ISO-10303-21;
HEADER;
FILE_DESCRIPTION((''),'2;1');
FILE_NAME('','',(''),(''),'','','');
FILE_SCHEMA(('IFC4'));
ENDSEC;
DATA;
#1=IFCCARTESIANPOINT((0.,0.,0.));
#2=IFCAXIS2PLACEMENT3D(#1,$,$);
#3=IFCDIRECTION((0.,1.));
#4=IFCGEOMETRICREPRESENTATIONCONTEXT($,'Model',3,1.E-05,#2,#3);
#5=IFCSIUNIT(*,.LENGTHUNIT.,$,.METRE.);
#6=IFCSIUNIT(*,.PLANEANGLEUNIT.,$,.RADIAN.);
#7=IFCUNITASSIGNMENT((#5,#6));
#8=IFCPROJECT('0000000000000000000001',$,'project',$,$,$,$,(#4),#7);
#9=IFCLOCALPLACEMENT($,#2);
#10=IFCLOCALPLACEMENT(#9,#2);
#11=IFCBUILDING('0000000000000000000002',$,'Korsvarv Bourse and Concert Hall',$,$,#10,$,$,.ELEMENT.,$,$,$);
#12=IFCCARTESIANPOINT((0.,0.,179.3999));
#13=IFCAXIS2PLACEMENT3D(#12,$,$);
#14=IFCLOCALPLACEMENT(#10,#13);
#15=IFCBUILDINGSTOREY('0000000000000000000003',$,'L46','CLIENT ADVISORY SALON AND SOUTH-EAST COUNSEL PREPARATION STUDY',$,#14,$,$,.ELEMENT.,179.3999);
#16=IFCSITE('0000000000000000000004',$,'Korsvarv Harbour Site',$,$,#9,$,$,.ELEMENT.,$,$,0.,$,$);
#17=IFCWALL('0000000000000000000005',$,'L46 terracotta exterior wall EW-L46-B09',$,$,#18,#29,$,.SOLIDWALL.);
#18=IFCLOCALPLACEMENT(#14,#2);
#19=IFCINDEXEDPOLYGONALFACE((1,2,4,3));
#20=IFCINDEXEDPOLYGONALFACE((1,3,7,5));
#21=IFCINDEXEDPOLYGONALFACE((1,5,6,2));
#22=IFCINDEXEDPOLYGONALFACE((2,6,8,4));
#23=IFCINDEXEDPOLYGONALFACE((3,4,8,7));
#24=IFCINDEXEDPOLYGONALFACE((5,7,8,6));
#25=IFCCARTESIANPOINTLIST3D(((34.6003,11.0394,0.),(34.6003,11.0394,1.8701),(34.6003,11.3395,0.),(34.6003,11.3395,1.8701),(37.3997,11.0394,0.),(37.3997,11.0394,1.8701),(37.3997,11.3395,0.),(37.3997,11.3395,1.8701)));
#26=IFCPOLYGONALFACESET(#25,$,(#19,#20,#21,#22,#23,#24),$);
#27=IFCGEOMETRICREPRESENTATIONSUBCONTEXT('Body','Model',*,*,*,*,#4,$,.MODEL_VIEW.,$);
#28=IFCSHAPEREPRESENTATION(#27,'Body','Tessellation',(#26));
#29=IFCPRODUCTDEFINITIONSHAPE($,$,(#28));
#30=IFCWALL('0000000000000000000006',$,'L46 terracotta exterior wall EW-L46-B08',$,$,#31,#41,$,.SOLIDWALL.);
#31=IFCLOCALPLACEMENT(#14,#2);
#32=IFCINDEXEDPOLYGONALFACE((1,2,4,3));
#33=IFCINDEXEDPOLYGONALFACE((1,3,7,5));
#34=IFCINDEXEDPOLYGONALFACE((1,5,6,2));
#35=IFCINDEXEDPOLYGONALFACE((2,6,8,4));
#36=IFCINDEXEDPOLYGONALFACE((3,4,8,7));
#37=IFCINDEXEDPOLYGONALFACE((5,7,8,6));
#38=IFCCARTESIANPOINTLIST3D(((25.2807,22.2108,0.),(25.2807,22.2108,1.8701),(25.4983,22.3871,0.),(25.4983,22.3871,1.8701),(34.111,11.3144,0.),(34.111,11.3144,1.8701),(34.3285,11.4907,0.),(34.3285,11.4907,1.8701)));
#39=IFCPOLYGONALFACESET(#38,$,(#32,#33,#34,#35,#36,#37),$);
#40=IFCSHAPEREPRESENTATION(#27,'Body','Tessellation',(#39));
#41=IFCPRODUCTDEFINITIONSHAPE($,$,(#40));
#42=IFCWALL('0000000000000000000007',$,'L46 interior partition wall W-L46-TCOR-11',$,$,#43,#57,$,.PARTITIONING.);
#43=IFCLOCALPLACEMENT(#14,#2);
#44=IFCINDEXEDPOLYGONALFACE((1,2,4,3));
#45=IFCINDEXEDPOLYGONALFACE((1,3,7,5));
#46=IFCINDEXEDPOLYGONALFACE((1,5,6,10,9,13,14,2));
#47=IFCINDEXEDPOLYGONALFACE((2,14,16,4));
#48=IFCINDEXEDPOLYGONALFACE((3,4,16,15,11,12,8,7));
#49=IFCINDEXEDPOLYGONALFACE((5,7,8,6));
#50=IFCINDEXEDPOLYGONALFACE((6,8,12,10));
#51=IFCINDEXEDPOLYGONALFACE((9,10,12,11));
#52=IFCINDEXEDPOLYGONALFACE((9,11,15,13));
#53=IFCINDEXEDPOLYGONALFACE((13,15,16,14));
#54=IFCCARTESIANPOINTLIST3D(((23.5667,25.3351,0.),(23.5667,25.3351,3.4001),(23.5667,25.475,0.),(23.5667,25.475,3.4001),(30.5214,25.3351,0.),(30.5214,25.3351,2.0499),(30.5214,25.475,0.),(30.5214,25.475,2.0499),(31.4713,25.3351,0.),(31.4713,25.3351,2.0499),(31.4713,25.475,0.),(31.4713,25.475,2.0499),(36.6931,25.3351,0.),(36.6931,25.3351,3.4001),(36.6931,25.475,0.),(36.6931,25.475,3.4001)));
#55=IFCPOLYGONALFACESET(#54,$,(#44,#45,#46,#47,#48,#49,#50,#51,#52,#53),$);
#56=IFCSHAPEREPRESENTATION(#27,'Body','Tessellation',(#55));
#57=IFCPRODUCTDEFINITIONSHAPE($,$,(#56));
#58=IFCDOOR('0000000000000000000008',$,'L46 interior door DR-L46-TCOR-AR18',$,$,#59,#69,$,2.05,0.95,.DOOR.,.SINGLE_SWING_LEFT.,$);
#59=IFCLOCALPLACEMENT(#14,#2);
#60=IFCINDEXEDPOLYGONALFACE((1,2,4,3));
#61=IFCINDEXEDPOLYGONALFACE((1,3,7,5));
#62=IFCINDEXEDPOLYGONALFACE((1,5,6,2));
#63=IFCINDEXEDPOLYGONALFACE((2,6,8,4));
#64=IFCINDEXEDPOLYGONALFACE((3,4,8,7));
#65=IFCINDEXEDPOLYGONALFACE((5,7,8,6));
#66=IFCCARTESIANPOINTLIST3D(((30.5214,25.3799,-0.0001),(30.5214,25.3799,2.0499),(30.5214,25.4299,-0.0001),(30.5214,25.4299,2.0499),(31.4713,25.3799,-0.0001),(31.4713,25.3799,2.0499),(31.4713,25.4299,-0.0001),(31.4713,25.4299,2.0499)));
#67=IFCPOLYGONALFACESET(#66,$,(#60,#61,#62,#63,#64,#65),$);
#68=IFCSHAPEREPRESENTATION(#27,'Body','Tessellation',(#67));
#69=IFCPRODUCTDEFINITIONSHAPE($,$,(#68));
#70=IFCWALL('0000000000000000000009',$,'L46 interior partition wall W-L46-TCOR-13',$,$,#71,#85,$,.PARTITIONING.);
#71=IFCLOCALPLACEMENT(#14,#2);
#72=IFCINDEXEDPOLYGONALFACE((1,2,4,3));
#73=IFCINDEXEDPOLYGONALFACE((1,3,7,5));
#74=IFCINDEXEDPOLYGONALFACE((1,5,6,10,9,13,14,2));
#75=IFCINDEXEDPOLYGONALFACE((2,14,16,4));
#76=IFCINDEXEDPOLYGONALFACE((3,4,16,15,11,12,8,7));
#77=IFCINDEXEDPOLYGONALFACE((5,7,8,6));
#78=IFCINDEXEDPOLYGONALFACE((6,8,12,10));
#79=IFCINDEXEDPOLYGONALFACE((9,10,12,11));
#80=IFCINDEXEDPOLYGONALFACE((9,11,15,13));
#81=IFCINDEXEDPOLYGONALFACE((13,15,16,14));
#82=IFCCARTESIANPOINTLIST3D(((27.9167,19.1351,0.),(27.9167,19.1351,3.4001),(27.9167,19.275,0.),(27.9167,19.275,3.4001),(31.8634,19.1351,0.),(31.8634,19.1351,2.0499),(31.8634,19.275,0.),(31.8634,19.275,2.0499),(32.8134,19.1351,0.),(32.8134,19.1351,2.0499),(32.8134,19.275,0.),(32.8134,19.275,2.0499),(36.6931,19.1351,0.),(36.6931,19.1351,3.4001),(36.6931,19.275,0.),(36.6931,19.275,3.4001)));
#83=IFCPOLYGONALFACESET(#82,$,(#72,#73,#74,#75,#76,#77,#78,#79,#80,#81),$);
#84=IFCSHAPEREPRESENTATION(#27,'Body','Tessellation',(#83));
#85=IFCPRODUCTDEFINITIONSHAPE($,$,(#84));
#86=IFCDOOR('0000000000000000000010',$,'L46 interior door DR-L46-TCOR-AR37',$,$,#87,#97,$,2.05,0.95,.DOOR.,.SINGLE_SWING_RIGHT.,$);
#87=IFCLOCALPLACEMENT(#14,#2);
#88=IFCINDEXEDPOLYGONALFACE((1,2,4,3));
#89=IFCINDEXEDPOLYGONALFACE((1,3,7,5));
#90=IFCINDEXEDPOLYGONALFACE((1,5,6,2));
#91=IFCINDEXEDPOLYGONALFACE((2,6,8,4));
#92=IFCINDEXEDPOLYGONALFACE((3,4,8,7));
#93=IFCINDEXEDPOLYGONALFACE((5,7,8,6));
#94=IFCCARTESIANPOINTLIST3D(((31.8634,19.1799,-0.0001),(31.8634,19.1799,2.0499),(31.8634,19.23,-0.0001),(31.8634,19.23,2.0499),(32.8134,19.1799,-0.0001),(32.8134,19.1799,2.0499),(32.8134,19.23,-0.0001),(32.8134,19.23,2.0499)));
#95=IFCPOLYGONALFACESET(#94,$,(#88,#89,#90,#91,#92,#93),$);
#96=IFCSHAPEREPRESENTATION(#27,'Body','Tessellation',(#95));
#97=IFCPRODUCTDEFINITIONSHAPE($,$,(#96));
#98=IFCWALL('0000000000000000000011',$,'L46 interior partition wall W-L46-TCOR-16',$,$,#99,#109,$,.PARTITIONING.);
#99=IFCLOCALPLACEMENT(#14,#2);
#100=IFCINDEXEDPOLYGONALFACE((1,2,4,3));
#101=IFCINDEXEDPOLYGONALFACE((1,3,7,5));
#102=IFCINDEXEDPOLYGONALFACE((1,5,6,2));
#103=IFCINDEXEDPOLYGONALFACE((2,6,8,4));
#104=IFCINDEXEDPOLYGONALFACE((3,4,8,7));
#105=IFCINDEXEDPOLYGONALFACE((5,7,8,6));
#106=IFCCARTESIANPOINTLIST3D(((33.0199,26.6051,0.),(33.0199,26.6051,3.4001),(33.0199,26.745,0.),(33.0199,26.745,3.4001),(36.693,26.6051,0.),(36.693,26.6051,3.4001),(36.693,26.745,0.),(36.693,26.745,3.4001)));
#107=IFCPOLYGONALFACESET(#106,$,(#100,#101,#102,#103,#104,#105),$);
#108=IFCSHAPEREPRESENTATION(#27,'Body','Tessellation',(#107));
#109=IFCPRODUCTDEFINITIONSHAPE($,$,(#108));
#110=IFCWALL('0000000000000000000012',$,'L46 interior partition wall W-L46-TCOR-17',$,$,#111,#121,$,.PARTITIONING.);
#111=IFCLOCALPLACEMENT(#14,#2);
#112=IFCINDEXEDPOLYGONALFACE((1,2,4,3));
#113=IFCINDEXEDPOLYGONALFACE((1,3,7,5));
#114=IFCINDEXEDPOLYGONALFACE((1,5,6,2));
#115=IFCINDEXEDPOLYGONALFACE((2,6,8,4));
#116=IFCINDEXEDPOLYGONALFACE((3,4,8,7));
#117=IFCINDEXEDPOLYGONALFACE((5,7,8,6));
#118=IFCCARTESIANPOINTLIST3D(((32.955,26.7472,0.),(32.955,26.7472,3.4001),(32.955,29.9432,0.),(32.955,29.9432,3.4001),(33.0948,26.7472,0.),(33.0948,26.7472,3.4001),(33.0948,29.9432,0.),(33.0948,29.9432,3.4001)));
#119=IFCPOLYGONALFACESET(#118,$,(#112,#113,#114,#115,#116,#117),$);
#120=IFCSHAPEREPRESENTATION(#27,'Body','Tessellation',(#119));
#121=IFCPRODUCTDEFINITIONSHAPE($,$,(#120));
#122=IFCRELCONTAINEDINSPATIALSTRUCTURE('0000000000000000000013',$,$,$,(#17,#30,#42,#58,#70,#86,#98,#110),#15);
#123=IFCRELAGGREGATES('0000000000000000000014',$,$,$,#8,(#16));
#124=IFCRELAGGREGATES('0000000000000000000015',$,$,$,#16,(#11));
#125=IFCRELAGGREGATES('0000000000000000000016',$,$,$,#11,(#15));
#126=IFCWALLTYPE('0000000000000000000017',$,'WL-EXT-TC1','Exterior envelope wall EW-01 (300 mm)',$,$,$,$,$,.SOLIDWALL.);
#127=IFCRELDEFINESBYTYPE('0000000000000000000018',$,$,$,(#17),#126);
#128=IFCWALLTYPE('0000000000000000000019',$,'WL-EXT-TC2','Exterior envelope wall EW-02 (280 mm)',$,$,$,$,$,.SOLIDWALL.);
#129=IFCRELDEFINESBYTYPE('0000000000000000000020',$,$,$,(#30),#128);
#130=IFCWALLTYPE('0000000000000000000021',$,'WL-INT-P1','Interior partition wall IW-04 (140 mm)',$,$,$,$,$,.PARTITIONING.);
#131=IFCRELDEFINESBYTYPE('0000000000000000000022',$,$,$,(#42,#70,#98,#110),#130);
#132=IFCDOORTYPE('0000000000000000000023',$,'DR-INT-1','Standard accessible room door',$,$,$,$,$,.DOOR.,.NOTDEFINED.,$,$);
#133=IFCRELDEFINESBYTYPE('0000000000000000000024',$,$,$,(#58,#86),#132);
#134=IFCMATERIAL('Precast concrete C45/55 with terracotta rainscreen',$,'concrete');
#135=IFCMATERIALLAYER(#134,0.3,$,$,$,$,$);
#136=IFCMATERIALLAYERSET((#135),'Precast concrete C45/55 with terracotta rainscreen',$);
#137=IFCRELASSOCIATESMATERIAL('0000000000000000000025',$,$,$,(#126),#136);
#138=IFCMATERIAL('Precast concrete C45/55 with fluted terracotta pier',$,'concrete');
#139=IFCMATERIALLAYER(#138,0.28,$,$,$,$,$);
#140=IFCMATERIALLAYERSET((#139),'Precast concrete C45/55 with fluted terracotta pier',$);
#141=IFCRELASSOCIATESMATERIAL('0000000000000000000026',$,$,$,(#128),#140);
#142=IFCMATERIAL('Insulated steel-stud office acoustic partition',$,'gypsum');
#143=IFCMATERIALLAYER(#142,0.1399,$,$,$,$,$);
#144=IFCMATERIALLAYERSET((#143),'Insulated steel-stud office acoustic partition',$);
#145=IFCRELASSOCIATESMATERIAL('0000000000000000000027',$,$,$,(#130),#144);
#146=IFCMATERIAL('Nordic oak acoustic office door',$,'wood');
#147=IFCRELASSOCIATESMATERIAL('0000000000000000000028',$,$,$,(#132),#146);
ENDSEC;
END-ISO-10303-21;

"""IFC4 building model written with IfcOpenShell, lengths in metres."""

from ifc_helpers import new_model, si_unit, direction, frame, frame_2d, origin, place, context, subcontext, project, spatial, rectangle, extrude, material, layer, layer_set, type_object, element, fill, save


model = new_model("IFC4")

# Units and contexts
model_context = context("Model", 3, precision=1e-05, world=origin(), true_north=direction((0.0, 1.0)))
body_context = subcontext(model_context, "Body", "Model", "MODEL_VIEW")
ifc_project = project(units=[si_unit("LENGTHUNIT", "METRE"), si_unit("PLANEANGLEUNIT", "RADIAN")], contexts=[model_context])

# Site, building, storey
site_placement = place(None, origin())
site = spatial("IfcSite", under=ifc_project, at=site_placement, Name="Korsvarv Harbour Site", CompositionType="ELEMENT", RefElevation=0.0)
building_placement = place(site_placement, origin())
building = spatial("IfcBuilding", under=site, at=building_placement, Name="Korsvarv Bourse and Concert Hall", CompositionType="ELEMENT")
storey_placement = place(building_placement, frame((0.0, 0.0, 179.3999)))
storey = spatial("IfcBuildingStorey", under=building, at=storey_placement, Name="L46", Description="CLIENT ADVISORY SALON AND SOUTH-EAST COUNSEL PREPARATION STUDY", CompositionType="ELEMENT", Elevation=179.3999)

# Walls
ifc_material_1 = material(Name="Precast concrete C45/55 with terracotta rainscreen", Category="concrete")
ifc_layer_1 = layer(ifc_material_1, 0.3)
ifc_layer_set_1 = layer_set([ifc_layer_1], Name="Precast concrete C45/55 with terracotta rainscreen")
wall_type_1 = type_object("IfcWallType", Name="WL-EXT-TC1", Description="Exterior envelope wall EW-01 (300 mm)", PredefinedType="SOLIDWALL", material=ifc_layer_set_1)
wall_1_placement = place(storey_placement, frame((34.6003, 11.1895, 0.0), z_axis=(0.0, 0.0, 1.0), x_axis=(1.0, 0.0, 0.0)))
element("IfcWall", 1, at=wall_1_placement, inside=storey, type_object=wall_type_1, Name="L46 terracotta exterior wall EW-L46-B09", PredefinedType="SOLIDWALL", context=body_context, shape_type="SweptSolid", body=[
    extrude(rectangle(XDim=2.7993, YDim=0.3, at=frame_2d((1.3997, 0.0))), origin(), (0.0, 0.0, 1.0), 1.8701),
])
ifc_material_2 = material(Name="Precast concrete C45/55 with fluted terracotta pier", Category="concrete")
ifc_layer_2 = layer(ifc_material_2, 0.28)
ifc_layer_set_2 = layer_set([ifc_layer_2], Name="Precast concrete C45/55 with fluted terracotta pier")
wall_type_2 = type_object("IfcWallType", Name="WL-EXT-TC2", Description="Exterior envelope wall EW-02 (280 mm)", PredefinedType="SOLIDWALL", material=ifc_layer_set_2)
wall_2_placement = place(storey_placement, frame((25.3894, 22.2991, 0.0), z_axis=(0.0, 0.0, 1.0), x_axis=(0.629601, -0.776918, 0.0)))
element("IfcWall", 2, at=wall_2_placement, inside=storey, type_object=wall_type_2, Name="L46 terracotta exterior wall EW-L46-B08", PredefinedType="SOLIDWALL", context=body_context, shape_type="SweptSolid", body=[
    extrude(rectangle(XDim=14.0251, YDim=0.28, at=frame_2d((7.0127, 0.0))), origin(), (0.0, 0.0, 1.0), 1.8701),
])

# Walls, openings, doors
ifc_material_3 = material(Name="Insulated steel-stud office acoustic partition", Category="gypsum")
ifc_layer_3 = layer(ifc_material_3, 0.1399)
ifc_layer_set_3 = layer_set([ifc_layer_3], Name="Insulated steel-stud office acoustic partition")
wall_type_3 = type_object("IfcWallType", Name="WL-INT-P1", Description="Interior partition wall IW-04 (140 mm)", PredefinedType="PARTITIONING", material=ifc_layer_set_3)
wall_3_placement = place(storey_placement, frame((23.5667, 25.405, 0.0), z_axis=(0.0, 0.0, 1.0), x_axis=(1.0, 0.0, 0.0)))
wall_3 = element("IfcWall", 3, at=wall_3_placement, inside=storey, type_object=wall_type_3, Name="L46 interior partition wall W-L46-TCOR-11", PredefinedType="PARTITIONING", context=body_context, shape_type="SweptSolid", body=[
    extrude(rectangle(XDim=13.1265, YDim=0.1399, at=frame_2d((6.5632, 0.0))), origin(), (0.0, 0.0, 1.0), 3.4001),
])
opening_1_placement = place(wall_3_placement, frame((6.9546, 0.0, 0.0)))
opening_1 = element("IfcOpeningElement", 4, at=opening_1_placement, cuts=wall_3, PredefinedType="OPENING", context=body_context, shape_type="SweptSolid", body=[
    extrude(rectangle(XDim=0.95, YDim=2.05, at=frame_2d((0.4751, 1.0249))), frame((0.0, 0.0801, 0.0), z_axis=(0.0, -1.0, 0.0), x_axis=(1.0, 0.0, 0.0)), (0.0, 0.0, 1.0), 0.1599),
])
ifc_material_4 = material(Name="Nordic oak acoustic office door", Category="wood")
door_type = type_object("IfcDoorType", Name="DR-INT-1", Description="Standard accessible room door", OperationType="NOTDEFINED", PredefinedType="DOOR", material=ifc_material_4)
door_1_placement = place(opening_1_placement, origin())
door_1 = element("IfcDoor", 5, at=door_1_placement, inside=storey, type_object=door_type, Name="L46 interior door DR-L46-TCOR-AR18", OperationType="SINGLE_SWING_LEFT", OverallHeight=2.05, OverallWidth=0.95, PredefinedType="DOOR", context=body_context, shape_type="SweptSolid", body=[
    extrude(rectangle(XDim=0.95, YDim=2.05, at=frame_2d((0.4751, 1.0249))), frame((0.0, 0.0249, 0.0), z_axis=(0.0, -1.0, 0.0), x_axis=(1.0, 0.0, 0.0)), (0.0, 0.0, 1.0), 0.05),
])
fill(opening_1, door_1)
wall_4_placement = place(storey_placement, frame((27.9167, 19.2051, 0.0), z_axis=(0.0, 0.0, 1.0), x_axis=(1.0, 0.0, 0.0)))
wall_4 = element("IfcWall", 6, at=wall_4_placement, inside=storey, type_object=wall_type_3, Name="L46 interior partition wall W-L46-TCOR-13", PredefinedType="PARTITIONING", context=body_context, shape_type="SweptSolid", body=[
    extrude(rectangle(XDim=8.7764, YDim=0.1399, at=frame_2d((4.3882, 0.0))), origin(), (0.0, 0.0, 1.0), 3.4001),
])
opening_2_placement = place(wall_4_placement, frame((3.9465, 0.0, 0.0)))
opening_2 = element("IfcOpeningElement", 7, at=opening_2_placement, cuts=wall_4, PredefinedType="OPENING", context=body_context, shape_type="SweptSolid", body=[
    extrude(rectangle(XDim=0.95, YDim=2.05, at=frame_2d((0.4751, 1.0249))), frame((0.0, 0.0801, 0.0), z_axis=(0.0, -1.0, 0.0), x_axis=(1.0, 0.0, 0.0)), (0.0, 0.0, 1.0), 0.1599),
])
door_2_placement = place(opening_2_placement, origin())
door_2 = element("IfcDoor", 8, at=door_2_placement, inside=storey, type_object=door_type, Name="L46 interior door DR-L46-TCOR-AR37", OperationType="SINGLE_SWING_RIGHT", OverallHeight=2.05, OverallWidth=0.95, PredefinedType="DOOR", context=body_context, shape_type="SweptSolid", body=[
    extrude(rectangle(XDim=0.95, YDim=2.05, at=frame_2d((0.4751, 1.0249))), frame((0.0, 0.0249, 0.0), z_axis=(0.0, -1.0, 0.0), x_axis=(1.0, 0.0, 0.0)), (0.0, 0.0, 1.0), 0.05),
])
fill(opening_2, door_2)

# Walls
wall_5_placement = place(storey_placement, frame((33.02, 26.675, 0.0), z_axis=(0.0, 0.0, 1.0), x_axis=(1.0, 0.0, 0.0)))
element("IfcWall", 9, at=wall_5_placement, inside=storey, type_object=wall_type_3, Name="L46 interior partition wall W-L46-TCOR-16", PredefinedType="PARTITIONING", context=body_context, shape_type="SweptSolid", body=[
    extrude(rectangle(XDim=3.6731, YDim=0.1399, at=frame_2d((1.8364, 0.0))), origin(), (0.0, 0.0, 1.0), 3.4001),
])
wall_6_placement = place(storey_placement, frame((33.0249, 26.7471, 0.0), z_axis=(0.0, 0.0, 1.0), x_axis=(0.0, 1.0, 0.0)))
element("IfcWall", 10, at=wall_6_placement, inside=storey, type_object=wall_type_3, Name="L46 interior partition wall W-L46-TCOR-17", PredefinedType="PARTITIONING", context=body_context, shape_type="SweptSolid", body=[
    extrude(rectangle(XDim=3.196, YDim=0.1399, at=frame_2d((1.5981, 0.0))), origin(), (0.0, 0.0, 1.0), 3.4001),
])

save(model, "model.ifc")
